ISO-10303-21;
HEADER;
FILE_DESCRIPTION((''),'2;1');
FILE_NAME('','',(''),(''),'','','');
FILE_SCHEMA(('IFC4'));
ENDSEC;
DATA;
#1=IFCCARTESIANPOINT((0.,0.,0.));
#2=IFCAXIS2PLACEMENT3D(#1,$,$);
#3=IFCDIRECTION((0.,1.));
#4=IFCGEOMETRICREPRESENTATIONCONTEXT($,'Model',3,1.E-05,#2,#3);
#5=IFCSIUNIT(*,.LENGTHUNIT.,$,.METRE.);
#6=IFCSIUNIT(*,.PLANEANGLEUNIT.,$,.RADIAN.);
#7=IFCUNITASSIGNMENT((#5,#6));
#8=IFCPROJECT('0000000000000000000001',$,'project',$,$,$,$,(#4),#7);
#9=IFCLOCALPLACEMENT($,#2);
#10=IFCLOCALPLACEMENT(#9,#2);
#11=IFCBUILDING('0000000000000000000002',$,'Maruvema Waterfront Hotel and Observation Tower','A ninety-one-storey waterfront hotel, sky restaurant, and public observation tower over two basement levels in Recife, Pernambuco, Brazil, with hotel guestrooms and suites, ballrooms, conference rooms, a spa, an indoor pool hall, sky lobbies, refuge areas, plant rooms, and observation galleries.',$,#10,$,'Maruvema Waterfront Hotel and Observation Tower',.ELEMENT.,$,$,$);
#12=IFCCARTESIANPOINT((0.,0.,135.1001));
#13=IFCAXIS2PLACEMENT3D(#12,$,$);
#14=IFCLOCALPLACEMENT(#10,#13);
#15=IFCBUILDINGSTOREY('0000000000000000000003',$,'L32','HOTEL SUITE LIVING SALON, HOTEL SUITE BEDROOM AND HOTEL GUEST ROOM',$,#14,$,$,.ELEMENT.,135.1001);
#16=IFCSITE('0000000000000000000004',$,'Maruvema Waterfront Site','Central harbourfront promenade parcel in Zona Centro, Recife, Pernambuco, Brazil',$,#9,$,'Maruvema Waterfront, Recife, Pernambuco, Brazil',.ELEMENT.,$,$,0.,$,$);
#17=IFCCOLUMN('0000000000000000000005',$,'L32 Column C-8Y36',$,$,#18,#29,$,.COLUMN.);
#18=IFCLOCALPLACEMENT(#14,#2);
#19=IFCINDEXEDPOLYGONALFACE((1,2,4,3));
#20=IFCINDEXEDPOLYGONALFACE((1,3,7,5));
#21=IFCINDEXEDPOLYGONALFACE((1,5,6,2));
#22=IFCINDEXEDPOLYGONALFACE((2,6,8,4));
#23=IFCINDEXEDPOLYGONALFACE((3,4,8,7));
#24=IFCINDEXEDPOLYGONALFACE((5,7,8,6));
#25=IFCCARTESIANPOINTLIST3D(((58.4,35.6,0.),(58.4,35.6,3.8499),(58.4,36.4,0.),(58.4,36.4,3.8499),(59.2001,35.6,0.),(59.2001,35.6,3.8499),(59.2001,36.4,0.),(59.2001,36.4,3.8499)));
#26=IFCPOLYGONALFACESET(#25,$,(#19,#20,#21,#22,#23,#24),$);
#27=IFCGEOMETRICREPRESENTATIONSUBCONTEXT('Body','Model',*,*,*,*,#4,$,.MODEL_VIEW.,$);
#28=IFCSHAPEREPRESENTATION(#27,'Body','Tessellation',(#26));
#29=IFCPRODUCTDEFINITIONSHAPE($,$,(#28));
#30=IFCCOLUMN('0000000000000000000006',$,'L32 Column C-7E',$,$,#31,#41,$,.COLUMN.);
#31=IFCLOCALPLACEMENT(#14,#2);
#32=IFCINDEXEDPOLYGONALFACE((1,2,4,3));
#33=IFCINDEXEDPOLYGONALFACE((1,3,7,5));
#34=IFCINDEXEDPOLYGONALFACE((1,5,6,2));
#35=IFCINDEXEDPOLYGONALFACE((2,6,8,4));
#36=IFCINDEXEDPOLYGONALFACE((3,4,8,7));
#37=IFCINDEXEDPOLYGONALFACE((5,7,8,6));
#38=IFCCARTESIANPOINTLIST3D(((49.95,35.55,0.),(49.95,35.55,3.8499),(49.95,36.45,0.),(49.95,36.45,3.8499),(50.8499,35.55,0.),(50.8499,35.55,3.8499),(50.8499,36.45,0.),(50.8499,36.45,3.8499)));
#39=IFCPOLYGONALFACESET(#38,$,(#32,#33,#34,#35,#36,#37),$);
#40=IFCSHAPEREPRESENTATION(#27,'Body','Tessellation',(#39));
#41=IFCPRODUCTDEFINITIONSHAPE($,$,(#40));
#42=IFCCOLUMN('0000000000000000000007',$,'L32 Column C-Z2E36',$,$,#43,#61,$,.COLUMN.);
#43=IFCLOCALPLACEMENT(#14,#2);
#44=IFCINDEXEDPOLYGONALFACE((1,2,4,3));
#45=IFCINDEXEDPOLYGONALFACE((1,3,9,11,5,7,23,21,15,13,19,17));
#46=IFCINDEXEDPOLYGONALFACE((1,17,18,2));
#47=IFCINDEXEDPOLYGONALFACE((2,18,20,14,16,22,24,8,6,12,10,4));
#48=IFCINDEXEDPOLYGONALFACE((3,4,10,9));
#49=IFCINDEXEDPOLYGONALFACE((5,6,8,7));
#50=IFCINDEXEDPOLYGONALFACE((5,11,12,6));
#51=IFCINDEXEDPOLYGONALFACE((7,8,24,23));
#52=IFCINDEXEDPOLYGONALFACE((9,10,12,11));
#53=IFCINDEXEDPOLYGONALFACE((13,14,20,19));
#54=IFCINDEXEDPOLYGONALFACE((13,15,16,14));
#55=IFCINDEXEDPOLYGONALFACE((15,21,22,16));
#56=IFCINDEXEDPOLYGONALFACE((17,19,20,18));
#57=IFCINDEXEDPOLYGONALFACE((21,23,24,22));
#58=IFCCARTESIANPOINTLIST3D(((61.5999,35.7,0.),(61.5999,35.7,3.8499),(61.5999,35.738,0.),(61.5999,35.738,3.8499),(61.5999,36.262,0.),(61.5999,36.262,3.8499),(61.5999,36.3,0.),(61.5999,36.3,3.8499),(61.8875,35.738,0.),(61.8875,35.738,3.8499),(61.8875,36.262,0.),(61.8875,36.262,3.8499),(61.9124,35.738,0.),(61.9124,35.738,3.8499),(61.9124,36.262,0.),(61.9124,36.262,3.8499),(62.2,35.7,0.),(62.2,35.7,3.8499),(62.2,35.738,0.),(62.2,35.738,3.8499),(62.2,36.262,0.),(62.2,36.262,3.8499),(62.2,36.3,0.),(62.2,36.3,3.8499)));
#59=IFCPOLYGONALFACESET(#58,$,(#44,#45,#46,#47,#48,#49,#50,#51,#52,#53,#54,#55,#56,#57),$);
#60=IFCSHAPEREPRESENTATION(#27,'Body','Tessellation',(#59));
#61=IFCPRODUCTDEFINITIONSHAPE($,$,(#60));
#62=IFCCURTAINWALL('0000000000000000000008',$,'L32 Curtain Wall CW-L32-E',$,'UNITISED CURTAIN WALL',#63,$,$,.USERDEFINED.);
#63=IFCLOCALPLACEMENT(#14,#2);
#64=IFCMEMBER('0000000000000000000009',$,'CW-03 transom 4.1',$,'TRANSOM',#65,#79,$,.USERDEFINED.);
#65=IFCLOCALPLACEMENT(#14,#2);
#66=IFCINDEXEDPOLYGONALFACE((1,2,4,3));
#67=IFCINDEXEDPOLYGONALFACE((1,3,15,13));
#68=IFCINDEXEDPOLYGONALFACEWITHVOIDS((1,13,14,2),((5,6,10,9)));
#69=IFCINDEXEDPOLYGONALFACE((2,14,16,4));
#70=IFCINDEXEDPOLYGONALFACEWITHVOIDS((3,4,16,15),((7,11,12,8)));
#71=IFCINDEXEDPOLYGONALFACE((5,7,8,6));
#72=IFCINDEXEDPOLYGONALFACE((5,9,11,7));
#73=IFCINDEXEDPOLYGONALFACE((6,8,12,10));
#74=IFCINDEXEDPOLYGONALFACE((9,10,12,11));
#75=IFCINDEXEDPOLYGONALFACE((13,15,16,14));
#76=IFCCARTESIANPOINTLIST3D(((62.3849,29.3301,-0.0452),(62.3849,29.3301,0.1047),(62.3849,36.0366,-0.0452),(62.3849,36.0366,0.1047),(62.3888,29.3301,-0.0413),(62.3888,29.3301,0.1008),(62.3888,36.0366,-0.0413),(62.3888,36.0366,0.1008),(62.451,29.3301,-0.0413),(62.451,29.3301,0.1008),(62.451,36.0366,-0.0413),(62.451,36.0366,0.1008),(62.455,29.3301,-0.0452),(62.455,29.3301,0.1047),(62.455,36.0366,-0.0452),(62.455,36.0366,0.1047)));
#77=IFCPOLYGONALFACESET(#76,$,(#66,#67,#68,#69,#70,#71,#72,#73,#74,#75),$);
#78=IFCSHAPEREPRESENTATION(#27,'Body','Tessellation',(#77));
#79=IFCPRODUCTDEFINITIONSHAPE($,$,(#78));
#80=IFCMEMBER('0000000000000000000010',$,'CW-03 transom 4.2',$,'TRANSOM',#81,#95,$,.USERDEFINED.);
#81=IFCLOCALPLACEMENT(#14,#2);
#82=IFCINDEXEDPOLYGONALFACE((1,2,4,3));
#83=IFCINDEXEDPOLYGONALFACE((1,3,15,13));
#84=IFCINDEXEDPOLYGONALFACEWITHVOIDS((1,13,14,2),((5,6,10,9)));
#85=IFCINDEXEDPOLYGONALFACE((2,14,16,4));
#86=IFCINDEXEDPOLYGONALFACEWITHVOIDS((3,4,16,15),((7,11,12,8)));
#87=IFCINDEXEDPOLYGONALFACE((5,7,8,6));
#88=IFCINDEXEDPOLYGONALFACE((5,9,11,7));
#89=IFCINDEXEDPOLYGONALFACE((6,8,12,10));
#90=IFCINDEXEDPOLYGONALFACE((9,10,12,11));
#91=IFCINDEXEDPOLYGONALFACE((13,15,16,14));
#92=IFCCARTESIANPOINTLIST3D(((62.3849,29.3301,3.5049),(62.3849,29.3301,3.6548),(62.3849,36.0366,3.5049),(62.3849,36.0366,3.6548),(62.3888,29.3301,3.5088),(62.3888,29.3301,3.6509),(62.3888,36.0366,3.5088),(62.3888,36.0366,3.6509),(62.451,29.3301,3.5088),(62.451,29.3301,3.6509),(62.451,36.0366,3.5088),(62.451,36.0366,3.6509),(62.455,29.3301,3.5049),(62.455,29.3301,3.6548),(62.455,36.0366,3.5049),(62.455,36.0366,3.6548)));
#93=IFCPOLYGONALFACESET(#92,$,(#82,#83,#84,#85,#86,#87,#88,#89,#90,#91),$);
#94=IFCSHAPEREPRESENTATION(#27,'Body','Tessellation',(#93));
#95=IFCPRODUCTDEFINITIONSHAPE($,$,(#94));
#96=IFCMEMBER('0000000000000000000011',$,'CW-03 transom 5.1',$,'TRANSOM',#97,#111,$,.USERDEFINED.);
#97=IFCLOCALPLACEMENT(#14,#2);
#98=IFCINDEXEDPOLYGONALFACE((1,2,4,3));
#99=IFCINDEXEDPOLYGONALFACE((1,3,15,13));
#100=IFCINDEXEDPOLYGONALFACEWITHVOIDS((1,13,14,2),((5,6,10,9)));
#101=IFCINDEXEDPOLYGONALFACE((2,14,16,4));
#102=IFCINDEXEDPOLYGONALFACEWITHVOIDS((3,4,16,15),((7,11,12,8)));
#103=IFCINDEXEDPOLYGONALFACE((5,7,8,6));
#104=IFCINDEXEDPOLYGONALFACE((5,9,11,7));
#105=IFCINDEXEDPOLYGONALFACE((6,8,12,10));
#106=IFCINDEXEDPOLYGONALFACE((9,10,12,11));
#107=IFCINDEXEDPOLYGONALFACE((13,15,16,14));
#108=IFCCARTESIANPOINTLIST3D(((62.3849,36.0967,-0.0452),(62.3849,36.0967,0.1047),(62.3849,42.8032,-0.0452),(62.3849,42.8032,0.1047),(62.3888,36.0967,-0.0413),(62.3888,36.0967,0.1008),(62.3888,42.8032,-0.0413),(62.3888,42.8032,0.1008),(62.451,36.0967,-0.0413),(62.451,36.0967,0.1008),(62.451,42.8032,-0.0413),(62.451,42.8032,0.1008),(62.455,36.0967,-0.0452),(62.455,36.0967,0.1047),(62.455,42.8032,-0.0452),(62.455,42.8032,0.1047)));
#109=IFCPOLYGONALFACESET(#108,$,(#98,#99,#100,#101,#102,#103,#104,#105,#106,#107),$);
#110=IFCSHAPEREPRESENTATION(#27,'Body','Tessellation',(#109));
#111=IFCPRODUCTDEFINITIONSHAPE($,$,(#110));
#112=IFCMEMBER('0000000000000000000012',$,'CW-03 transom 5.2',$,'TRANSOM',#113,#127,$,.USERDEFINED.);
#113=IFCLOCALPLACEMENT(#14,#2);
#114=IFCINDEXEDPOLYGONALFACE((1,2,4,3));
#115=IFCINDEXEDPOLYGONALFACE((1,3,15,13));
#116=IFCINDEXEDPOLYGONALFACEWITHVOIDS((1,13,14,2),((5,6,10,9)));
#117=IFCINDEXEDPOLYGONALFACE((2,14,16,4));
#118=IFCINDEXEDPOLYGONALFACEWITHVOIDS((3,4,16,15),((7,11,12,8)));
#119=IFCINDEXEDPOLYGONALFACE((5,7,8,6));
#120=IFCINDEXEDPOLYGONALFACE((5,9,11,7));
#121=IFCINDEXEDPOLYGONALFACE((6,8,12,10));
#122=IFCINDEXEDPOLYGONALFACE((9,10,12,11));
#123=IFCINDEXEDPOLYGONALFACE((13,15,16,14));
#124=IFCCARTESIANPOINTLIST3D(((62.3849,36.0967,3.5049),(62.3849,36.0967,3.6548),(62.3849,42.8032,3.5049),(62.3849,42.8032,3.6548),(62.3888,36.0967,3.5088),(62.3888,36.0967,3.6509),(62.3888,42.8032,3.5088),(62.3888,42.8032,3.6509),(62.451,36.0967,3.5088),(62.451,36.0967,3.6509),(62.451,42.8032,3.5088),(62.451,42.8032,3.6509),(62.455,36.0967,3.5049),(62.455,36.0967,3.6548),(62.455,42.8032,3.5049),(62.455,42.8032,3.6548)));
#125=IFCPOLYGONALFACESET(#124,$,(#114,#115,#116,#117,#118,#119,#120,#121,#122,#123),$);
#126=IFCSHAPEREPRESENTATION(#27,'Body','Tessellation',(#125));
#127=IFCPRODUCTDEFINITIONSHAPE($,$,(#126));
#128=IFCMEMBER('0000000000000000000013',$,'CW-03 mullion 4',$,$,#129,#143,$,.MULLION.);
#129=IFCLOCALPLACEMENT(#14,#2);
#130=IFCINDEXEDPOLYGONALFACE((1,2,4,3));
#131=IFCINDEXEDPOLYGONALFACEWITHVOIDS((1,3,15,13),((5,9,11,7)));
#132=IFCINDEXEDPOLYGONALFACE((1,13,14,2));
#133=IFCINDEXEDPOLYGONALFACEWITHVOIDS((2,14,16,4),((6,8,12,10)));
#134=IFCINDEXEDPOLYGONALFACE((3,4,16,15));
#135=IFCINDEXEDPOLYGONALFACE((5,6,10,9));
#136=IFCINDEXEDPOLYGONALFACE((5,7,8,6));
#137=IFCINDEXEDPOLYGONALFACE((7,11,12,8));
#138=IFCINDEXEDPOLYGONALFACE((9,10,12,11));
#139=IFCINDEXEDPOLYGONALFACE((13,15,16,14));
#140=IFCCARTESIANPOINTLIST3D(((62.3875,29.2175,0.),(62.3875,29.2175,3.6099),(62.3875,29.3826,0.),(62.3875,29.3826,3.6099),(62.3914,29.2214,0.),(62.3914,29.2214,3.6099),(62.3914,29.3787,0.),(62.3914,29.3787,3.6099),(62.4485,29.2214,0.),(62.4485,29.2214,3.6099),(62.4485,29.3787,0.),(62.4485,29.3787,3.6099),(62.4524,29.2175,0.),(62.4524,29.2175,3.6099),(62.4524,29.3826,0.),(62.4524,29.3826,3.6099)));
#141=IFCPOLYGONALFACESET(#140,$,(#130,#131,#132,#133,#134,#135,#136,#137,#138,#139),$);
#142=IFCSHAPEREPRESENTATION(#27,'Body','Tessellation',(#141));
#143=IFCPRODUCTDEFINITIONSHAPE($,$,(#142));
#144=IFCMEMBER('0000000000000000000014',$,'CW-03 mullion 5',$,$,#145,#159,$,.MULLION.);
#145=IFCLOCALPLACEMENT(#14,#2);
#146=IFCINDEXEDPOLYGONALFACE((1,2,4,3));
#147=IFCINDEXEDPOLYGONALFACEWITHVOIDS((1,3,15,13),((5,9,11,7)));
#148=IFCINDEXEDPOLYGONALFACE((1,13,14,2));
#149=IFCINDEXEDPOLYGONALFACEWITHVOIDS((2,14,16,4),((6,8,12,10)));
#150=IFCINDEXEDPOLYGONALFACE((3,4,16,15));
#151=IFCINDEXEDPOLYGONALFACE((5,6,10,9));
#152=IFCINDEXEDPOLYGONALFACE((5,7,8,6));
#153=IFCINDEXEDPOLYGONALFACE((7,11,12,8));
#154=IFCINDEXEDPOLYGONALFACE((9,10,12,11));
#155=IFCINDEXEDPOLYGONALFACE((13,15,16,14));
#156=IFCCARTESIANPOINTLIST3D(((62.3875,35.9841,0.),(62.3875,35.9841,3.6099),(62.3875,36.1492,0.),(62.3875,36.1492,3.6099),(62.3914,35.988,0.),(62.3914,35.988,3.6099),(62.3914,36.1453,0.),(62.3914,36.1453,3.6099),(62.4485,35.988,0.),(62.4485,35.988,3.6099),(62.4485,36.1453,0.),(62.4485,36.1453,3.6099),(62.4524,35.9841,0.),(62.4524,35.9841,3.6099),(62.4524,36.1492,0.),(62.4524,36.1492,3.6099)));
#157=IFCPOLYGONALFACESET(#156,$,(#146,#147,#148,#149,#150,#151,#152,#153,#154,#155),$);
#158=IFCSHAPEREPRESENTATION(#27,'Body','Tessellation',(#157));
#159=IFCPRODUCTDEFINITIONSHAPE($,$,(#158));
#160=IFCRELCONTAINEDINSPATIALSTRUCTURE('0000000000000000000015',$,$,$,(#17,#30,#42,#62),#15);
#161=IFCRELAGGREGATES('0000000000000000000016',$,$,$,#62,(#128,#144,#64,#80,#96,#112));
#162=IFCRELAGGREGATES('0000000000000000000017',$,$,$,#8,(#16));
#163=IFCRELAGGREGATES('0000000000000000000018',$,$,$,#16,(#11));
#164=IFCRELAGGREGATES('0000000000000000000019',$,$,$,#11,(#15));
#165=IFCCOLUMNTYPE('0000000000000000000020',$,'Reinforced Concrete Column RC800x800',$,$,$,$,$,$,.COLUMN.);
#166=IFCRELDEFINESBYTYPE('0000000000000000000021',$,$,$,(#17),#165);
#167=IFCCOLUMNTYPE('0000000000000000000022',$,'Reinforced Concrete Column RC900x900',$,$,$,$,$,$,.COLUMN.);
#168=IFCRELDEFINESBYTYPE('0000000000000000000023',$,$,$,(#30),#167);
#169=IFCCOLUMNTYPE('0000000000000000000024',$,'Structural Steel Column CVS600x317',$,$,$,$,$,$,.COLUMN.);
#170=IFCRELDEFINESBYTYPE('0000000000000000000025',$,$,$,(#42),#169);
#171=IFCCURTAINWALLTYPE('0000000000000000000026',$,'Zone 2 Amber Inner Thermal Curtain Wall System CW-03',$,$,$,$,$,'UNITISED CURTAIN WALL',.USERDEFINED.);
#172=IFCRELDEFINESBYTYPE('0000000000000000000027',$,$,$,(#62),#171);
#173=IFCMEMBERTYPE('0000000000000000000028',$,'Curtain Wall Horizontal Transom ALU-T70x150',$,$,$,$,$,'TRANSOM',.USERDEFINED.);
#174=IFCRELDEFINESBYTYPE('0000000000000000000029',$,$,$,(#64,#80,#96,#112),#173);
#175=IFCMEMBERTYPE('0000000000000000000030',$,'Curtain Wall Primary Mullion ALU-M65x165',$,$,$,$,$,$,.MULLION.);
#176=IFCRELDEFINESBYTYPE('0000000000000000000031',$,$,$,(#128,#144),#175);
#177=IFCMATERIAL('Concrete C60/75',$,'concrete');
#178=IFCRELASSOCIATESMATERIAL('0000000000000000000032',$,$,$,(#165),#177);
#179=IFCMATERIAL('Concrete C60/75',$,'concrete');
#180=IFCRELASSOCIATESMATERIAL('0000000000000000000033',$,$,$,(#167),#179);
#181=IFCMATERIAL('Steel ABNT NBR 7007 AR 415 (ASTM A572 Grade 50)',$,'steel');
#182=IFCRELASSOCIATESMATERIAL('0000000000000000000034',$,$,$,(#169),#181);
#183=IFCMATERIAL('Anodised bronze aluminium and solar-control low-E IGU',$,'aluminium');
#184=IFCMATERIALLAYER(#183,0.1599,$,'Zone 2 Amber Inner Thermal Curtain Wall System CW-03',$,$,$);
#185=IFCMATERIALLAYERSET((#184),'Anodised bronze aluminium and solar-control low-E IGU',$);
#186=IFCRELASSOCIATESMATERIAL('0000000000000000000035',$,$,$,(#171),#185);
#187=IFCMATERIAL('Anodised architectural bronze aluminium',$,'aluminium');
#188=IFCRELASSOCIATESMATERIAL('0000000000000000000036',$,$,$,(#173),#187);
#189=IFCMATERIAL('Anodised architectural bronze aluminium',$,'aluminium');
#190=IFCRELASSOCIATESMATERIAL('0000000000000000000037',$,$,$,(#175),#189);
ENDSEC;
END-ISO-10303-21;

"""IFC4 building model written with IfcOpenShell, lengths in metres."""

from ifc_helpers import new_model, si_unit, direction, frame, origin, origin_2d, place, context, subcontext, project, spatial, rectangle, hollow_rectangle, i_section, extrude, material, layer, layer_set, material_profile, profile_set, type_object, element, aggregate, save


model = new_model("IFC4")

# Units and contexts
model_context = context("Model", 3, precision=1e-05, world=origin(), true_north=direction((0.0, 1.0)))
body_context = subcontext(model_context, "Body", "Model", "MODEL_VIEW")
ifc_project = project(units=[si_unit("LENGTHUNIT", "METRE"), si_unit("PLANEANGLEUNIT", "RADIAN")], contexts=[model_context])

# Site, building, storey
site_placement = place(None, origin())
site = spatial("IfcSite", under=ifc_project, at=site_placement, Name="Maruvema Waterfront Site", Description="Central harbourfront promenade parcel in Zona Centro, Recife, Pernambuco, Brazil", LongName="Maruvema Waterfront, Recife, Pernambuco, Brazil", CompositionType="ELEMENT", RefElevation=0.0)
building_placement = place(site_placement, origin())
building = spatial("IfcBuilding", under=site, at=building_placement, Name="Maruvema Waterfront Hotel and Observation Tower", Description="A ninety-one-storey waterfront hotel, sky restaurant, and public observation tower over two basement levels in Recife, Pernambuco, Brazil, with hotel guestrooms and suites, ballrooms, conference rooms, a spa, an indoor pool hall, sky lobbies, refuge areas, plant rooms, and observation galleries.", LongName="Maruvema Waterfront Hotel and Observation Tower", CompositionType="ELEMENT")
storey_placement = place(building_placement, frame((0.0, 0.0, 135.1001)))
storey = spatial("IfcBuildingStorey", under=building, at=storey_placement, Name="L32", Description="HOTEL SUITE LIVING SALON, HOTEL SUITE BEDROOM AND HOTEL GUEST ROOM", CompositionType="ELEMENT", Elevation=135.1001)

# Columns
ifc_material_1 = material(Name="Concrete C60/75", Category="concrete")
ifc_material_profile_1 = material_profile(ifc_material_1, rectangle(XDim=0.8, YDim=0.8, at=origin_2d()), Name="RC800x800")
ifc_profile_set_1 = profile_set([ifc_material_profile_1], Name="Concrete C60/75")
column_type_1 = type_object("IfcColumnType", Name="Reinforced Concrete Column RC800x800", PredefinedType="COLUMN", material=ifc_profile_set_1)
column_1_placement = place(storey_placement, frame((58.8, 36.0, 0.0), z_axis=(0.0, 0.0, 1.0), x_axis=(1.0, 0.0, 0.0)))
element("IfcColumn", 1, at=column_1_placement, inside=storey, type_object=column_type_1, Name="L32 Column C-8Y36", PredefinedType="COLUMN", context=body_context, shape_type="SweptSolid", body=[
    extrude(rectangle(XDim=0.8, YDim=0.8, at=origin_2d()), origin(), (0.0, 0.0, 1.0), 3.8499),
])
ifc_material_2 = material(Name="Concrete C60/75", Category="concrete")
ifc_material_profile_2 = material_profile(ifc_material_2, rectangle(XDim=0.8999, YDim=0.8999, at=origin_2d()), Name="RC900x900")
ifc_profile_set_2 = profile_set([ifc_material_profile_2], Name="Concrete C60/75")
column_type_2 = type_object("IfcColumnType", Name="Reinforced Concrete Column RC900x900", PredefinedType="COLUMN", material=ifc_profile_set_2)
column_2_placement = place(storey_placement, frame((50.3999, 36.0, 0.0), z_axis=(0.0, 0.0, 1.0), x_axis=(1.0, 0.0, 0.0)))
element("IfcColumn", 2, at=column_2_placement, inside=storey, type_object=column_type_2, Name="L32 Column C-7E", PredefinedType="COLUMN", context=body_context, shape_type="SweptSolid", body=[
    extrude(rectangle(XDim=0.8999, YDim=0.8999, at=origin_2d()), origin(), (0.0, 0.0, 1.0), 3.8499),
])
ifc_material_3 = material(Name="Steel ABNT NBR 7007 AR 415 (ASTM A572 Grade 50)", Category="steel")
ifc_material_profile_3 = material_profile(ifc_material_3, i_section(OverallWidth=0.6001, OverallDepth=0.6001, WebThickness=0.0249, FlangeThickness=0.0381, at=origin_2d()), Name="CVS600x317")
ifc_profile_set_3 = profile_set([ifc_material_profile_3], Name="Steel ABNT NBR 7007 AR 415 (ASTM A572 Grade 50)")
column_type_3 = type_object("IfcColumnType", Name="Structural Steel Column CVS600x317", PredefinedType="COLUMN", material=ifc_profile_set_3)
column_3_placement = place(storey_placement, frame((61.8999, 36.0, 0.0), z_axis=(0.0, 0.0, 1.0), x_axis=(1.0, 0.0, 0.0)))
element("IfcColumn", 3, at=column_3_placement, inside=storey, type_object=column_type_3, Name="L32 Column C-Z2E36", PredefinedType="COLUMN", context=body_context, shape_type="SweptSolid", body=[
    extrude(i_section(OverallWidth=0.6001, OverallDepth=0.6001, WebThickness=0.0249, FlangeThickness=0.0381, at=origin_2d()), origin(), (0.0, 0.0, 1.0), 3.8499),
])

# Curtain wall, members
ifc_material_4 = material(Name="Anodised bronze aluminium and solar-control low-E IGU", Category="aluminium")
ifc_layer_1 = layer(ifc_material_4, 0.1599, Name="Zone 2 Amber Inner Thermal Curtain Wall System CW-03")
ifc_layer_set_1 = layer_set([ifc_layer_1], Name="Anodised bronze aluminium and solar-control low-E IGU")
curtain_wall_type = type_object("IfcCurtainWallType", Name="Zone 2 Amber Inner Thermal Curtain Wall System CW-03", ElementType="UNITISED CURTAIN WALL", PredefinedType="USERDEFINED", material=ifc_layer_set_1)
curtain_wall_placement = place(storey_placement, origin())
curtain_wall = element("IfcCurtainWall", 4, at=curtain_wall_placement, inside=storey, type_object=curtain_wall_type, Name="L32 Curtain Wall CW-L32-E", ObjectType="UNITISED CURTAIN WALL", PredefinedType="USERDEFINED")
ifc_material_5 = material(Name="Anodised architectural bronze aluminium", Category="aluminium")
ifc_material_profile_4 = material_profile(ifc_material_5, hollow_rectangle(XDim=0.0701, YDim=0.1499, WallThickness=0.0039, at=origin_2d()), Name="ALU-T70x150")
ifc_profile_set_4 = profile_set([ifc_material_profile_4], Name="Anodised architectural bronze aluminium")
member_type_1 = type_object("IfcMemberType", Name="Curtain Wall Horizontal Transom ALU-T70x150", ElementType="TRANSOM", PredefinedType="USERDEFINED", material=ifc_profile_set_4)
member_1_placement = place(storey_placement, frame((62.4199, 29.3301, 0.0298), z_axis=(0.0, 1.0, 0.0), x_axis=(-1.0, 0.0, 0.0)))
member_1 = element("IfcMember", 5, at=member_1_placement, type_object=member_type_1, Name="CW-03 transom 4.1", ObjectType="TRANSOM", PredefinedType="USERDEFINED", context=body_context, shape_type="SweptSolid", body=[
    extrude(hollow_rectangle(XDim=0.0701, YDim=0.1499, WallThickness=0.0039, at=origin_2d()), origin(), (0.0, 0.0, 1.0), 6.7065),
])
member_2_placement = place(storey_placement, frame((62.4199, 29.3301, 3.5798), z_axis=(0.0, 1.0, 0.0), x_axis=(-1.0, 0.0, 0.0)))
member_2 = element("IfcMember", 6, at=member_2_placement, type_object=member_type_1, Name="CW-03 transom 4.2", ObjectType="TRANSOM", PredefinedType="USERDEFINED", context=body_context, shape_type="SweptSolid", body=[
    extrude(hollow_rectangle(XDim=0.0701, YDim=0.1499, WallThickness=0.0039, at=origin_2d()), origin(), (0.0, 0.0, 1.0), 6.7065),
])
member_3_placement = place(storey_placement, frame((62.4199, 36.0967, 0.0298), z_axis=(0.0, 1.0, 0.0), x_axis=(-1.0, 0.0, 0.0)))
member_3 = element("IfcMember", 7, at=member_3_placement, type_object=member_type_1, Name="CW-03 transom 5.1", ObjectType="TRANSOM", PredefinedType="USERDEFINED", context=body_context, shape_type="SweptSolid", body=[
    extrude(hollow_rectangle(XDim=0.0701, YDim=0.1499, WallThickness=0.0039, at=origin_2d()), origin(), (0.0, 0.0, 1.0), 6.7065),
])
member_4_placement = place(storey_placement, frame((62.4199, 36.0967, 3.5798), z_axis=(0.0, 1.0, 0.0), x_axis=(-1.0, 0.0, 0.0)))
member_4 = element("IfcMember", 8, at=member_4_placement, type_object=member_type_1, Name="CW-03 transom 5.2", ObjectType="TRANSOM", PredefinedType="USERDEFINED", context=body_context, shape_type="SweptSolid", body=[
    extrude(hollow_rectangle(XDim=0.0701, YDim=0.1499, WallThickness=0.0039, at=origin_2d()), origin(), (0.0, 0.0, 1.0), 6.7065),
])
ifc_material_6 = material(Name="Anodised architectural bronze aluminium", Category="aluminium")
ifc_material_profile_5 = material_profile(ifc_material_6, hollow_rectangle(XDim=0.0649, YDim=0.165, WallThickness=0.0039, at=origin_2d()), Name="ALU-M65x165")
ifc_profile_set_5 = profile_set([ifc_material_profile_5], Name="Anodised architectural bronze aluminium")
member_type_2 = type_object("IfcMemberType", Name="Curtain Wall Primary Mullion ALU-M65x165", PredefinedType="MULLION", material=ifc_profile_set_5)
member_5_placement = place(storey_placement, frame((62.4199, 29.3, 0.0), z_axis=(0.0, 0.0, 1.0), x_axis=(-1.0, 0.0, 0.0)))
member_5 = element("IfcMember", 9, at=member_5_placement, type_object=member_type_2, Name="CW-03 mullion 4", PredefinedType="MULLION", context=body_context, shape_type="SweptSolid", body=[
    extrude(hollow_rectangle(XDim=0.0649, YDim=0.165, WallThickness=0.0039, at=origin_2d()), origin(), (0.0, 0.0, 1.0), 3.6099),
])
member_6_placement = place(storey_placement, frame((62.4199, 36.0667, 0.0), z_axis=(0.0, 0.0, 1.0), x_axis=(-1.0, 0.0, 0.0)))
member_6 = element("IfcMember", 10, at=member_6_placement, type_object=member_type_2, Name="CW-03 mullion 5", PredefinedType="MULLION", context=body_context, shape_type="SweptSolid", body=[
    extrude(hollow_rectangle(XDim=0.0649, YDim=0.165, WallThickness=0.0039, at=origin_2d()), origin(), (0.0, 0.0, 1.0), 3.6099),
])

aggregate(curtain_wall, [member_5, member_6, member_1, member_2, member_3, member_4])

save(model, "model.ifc")
